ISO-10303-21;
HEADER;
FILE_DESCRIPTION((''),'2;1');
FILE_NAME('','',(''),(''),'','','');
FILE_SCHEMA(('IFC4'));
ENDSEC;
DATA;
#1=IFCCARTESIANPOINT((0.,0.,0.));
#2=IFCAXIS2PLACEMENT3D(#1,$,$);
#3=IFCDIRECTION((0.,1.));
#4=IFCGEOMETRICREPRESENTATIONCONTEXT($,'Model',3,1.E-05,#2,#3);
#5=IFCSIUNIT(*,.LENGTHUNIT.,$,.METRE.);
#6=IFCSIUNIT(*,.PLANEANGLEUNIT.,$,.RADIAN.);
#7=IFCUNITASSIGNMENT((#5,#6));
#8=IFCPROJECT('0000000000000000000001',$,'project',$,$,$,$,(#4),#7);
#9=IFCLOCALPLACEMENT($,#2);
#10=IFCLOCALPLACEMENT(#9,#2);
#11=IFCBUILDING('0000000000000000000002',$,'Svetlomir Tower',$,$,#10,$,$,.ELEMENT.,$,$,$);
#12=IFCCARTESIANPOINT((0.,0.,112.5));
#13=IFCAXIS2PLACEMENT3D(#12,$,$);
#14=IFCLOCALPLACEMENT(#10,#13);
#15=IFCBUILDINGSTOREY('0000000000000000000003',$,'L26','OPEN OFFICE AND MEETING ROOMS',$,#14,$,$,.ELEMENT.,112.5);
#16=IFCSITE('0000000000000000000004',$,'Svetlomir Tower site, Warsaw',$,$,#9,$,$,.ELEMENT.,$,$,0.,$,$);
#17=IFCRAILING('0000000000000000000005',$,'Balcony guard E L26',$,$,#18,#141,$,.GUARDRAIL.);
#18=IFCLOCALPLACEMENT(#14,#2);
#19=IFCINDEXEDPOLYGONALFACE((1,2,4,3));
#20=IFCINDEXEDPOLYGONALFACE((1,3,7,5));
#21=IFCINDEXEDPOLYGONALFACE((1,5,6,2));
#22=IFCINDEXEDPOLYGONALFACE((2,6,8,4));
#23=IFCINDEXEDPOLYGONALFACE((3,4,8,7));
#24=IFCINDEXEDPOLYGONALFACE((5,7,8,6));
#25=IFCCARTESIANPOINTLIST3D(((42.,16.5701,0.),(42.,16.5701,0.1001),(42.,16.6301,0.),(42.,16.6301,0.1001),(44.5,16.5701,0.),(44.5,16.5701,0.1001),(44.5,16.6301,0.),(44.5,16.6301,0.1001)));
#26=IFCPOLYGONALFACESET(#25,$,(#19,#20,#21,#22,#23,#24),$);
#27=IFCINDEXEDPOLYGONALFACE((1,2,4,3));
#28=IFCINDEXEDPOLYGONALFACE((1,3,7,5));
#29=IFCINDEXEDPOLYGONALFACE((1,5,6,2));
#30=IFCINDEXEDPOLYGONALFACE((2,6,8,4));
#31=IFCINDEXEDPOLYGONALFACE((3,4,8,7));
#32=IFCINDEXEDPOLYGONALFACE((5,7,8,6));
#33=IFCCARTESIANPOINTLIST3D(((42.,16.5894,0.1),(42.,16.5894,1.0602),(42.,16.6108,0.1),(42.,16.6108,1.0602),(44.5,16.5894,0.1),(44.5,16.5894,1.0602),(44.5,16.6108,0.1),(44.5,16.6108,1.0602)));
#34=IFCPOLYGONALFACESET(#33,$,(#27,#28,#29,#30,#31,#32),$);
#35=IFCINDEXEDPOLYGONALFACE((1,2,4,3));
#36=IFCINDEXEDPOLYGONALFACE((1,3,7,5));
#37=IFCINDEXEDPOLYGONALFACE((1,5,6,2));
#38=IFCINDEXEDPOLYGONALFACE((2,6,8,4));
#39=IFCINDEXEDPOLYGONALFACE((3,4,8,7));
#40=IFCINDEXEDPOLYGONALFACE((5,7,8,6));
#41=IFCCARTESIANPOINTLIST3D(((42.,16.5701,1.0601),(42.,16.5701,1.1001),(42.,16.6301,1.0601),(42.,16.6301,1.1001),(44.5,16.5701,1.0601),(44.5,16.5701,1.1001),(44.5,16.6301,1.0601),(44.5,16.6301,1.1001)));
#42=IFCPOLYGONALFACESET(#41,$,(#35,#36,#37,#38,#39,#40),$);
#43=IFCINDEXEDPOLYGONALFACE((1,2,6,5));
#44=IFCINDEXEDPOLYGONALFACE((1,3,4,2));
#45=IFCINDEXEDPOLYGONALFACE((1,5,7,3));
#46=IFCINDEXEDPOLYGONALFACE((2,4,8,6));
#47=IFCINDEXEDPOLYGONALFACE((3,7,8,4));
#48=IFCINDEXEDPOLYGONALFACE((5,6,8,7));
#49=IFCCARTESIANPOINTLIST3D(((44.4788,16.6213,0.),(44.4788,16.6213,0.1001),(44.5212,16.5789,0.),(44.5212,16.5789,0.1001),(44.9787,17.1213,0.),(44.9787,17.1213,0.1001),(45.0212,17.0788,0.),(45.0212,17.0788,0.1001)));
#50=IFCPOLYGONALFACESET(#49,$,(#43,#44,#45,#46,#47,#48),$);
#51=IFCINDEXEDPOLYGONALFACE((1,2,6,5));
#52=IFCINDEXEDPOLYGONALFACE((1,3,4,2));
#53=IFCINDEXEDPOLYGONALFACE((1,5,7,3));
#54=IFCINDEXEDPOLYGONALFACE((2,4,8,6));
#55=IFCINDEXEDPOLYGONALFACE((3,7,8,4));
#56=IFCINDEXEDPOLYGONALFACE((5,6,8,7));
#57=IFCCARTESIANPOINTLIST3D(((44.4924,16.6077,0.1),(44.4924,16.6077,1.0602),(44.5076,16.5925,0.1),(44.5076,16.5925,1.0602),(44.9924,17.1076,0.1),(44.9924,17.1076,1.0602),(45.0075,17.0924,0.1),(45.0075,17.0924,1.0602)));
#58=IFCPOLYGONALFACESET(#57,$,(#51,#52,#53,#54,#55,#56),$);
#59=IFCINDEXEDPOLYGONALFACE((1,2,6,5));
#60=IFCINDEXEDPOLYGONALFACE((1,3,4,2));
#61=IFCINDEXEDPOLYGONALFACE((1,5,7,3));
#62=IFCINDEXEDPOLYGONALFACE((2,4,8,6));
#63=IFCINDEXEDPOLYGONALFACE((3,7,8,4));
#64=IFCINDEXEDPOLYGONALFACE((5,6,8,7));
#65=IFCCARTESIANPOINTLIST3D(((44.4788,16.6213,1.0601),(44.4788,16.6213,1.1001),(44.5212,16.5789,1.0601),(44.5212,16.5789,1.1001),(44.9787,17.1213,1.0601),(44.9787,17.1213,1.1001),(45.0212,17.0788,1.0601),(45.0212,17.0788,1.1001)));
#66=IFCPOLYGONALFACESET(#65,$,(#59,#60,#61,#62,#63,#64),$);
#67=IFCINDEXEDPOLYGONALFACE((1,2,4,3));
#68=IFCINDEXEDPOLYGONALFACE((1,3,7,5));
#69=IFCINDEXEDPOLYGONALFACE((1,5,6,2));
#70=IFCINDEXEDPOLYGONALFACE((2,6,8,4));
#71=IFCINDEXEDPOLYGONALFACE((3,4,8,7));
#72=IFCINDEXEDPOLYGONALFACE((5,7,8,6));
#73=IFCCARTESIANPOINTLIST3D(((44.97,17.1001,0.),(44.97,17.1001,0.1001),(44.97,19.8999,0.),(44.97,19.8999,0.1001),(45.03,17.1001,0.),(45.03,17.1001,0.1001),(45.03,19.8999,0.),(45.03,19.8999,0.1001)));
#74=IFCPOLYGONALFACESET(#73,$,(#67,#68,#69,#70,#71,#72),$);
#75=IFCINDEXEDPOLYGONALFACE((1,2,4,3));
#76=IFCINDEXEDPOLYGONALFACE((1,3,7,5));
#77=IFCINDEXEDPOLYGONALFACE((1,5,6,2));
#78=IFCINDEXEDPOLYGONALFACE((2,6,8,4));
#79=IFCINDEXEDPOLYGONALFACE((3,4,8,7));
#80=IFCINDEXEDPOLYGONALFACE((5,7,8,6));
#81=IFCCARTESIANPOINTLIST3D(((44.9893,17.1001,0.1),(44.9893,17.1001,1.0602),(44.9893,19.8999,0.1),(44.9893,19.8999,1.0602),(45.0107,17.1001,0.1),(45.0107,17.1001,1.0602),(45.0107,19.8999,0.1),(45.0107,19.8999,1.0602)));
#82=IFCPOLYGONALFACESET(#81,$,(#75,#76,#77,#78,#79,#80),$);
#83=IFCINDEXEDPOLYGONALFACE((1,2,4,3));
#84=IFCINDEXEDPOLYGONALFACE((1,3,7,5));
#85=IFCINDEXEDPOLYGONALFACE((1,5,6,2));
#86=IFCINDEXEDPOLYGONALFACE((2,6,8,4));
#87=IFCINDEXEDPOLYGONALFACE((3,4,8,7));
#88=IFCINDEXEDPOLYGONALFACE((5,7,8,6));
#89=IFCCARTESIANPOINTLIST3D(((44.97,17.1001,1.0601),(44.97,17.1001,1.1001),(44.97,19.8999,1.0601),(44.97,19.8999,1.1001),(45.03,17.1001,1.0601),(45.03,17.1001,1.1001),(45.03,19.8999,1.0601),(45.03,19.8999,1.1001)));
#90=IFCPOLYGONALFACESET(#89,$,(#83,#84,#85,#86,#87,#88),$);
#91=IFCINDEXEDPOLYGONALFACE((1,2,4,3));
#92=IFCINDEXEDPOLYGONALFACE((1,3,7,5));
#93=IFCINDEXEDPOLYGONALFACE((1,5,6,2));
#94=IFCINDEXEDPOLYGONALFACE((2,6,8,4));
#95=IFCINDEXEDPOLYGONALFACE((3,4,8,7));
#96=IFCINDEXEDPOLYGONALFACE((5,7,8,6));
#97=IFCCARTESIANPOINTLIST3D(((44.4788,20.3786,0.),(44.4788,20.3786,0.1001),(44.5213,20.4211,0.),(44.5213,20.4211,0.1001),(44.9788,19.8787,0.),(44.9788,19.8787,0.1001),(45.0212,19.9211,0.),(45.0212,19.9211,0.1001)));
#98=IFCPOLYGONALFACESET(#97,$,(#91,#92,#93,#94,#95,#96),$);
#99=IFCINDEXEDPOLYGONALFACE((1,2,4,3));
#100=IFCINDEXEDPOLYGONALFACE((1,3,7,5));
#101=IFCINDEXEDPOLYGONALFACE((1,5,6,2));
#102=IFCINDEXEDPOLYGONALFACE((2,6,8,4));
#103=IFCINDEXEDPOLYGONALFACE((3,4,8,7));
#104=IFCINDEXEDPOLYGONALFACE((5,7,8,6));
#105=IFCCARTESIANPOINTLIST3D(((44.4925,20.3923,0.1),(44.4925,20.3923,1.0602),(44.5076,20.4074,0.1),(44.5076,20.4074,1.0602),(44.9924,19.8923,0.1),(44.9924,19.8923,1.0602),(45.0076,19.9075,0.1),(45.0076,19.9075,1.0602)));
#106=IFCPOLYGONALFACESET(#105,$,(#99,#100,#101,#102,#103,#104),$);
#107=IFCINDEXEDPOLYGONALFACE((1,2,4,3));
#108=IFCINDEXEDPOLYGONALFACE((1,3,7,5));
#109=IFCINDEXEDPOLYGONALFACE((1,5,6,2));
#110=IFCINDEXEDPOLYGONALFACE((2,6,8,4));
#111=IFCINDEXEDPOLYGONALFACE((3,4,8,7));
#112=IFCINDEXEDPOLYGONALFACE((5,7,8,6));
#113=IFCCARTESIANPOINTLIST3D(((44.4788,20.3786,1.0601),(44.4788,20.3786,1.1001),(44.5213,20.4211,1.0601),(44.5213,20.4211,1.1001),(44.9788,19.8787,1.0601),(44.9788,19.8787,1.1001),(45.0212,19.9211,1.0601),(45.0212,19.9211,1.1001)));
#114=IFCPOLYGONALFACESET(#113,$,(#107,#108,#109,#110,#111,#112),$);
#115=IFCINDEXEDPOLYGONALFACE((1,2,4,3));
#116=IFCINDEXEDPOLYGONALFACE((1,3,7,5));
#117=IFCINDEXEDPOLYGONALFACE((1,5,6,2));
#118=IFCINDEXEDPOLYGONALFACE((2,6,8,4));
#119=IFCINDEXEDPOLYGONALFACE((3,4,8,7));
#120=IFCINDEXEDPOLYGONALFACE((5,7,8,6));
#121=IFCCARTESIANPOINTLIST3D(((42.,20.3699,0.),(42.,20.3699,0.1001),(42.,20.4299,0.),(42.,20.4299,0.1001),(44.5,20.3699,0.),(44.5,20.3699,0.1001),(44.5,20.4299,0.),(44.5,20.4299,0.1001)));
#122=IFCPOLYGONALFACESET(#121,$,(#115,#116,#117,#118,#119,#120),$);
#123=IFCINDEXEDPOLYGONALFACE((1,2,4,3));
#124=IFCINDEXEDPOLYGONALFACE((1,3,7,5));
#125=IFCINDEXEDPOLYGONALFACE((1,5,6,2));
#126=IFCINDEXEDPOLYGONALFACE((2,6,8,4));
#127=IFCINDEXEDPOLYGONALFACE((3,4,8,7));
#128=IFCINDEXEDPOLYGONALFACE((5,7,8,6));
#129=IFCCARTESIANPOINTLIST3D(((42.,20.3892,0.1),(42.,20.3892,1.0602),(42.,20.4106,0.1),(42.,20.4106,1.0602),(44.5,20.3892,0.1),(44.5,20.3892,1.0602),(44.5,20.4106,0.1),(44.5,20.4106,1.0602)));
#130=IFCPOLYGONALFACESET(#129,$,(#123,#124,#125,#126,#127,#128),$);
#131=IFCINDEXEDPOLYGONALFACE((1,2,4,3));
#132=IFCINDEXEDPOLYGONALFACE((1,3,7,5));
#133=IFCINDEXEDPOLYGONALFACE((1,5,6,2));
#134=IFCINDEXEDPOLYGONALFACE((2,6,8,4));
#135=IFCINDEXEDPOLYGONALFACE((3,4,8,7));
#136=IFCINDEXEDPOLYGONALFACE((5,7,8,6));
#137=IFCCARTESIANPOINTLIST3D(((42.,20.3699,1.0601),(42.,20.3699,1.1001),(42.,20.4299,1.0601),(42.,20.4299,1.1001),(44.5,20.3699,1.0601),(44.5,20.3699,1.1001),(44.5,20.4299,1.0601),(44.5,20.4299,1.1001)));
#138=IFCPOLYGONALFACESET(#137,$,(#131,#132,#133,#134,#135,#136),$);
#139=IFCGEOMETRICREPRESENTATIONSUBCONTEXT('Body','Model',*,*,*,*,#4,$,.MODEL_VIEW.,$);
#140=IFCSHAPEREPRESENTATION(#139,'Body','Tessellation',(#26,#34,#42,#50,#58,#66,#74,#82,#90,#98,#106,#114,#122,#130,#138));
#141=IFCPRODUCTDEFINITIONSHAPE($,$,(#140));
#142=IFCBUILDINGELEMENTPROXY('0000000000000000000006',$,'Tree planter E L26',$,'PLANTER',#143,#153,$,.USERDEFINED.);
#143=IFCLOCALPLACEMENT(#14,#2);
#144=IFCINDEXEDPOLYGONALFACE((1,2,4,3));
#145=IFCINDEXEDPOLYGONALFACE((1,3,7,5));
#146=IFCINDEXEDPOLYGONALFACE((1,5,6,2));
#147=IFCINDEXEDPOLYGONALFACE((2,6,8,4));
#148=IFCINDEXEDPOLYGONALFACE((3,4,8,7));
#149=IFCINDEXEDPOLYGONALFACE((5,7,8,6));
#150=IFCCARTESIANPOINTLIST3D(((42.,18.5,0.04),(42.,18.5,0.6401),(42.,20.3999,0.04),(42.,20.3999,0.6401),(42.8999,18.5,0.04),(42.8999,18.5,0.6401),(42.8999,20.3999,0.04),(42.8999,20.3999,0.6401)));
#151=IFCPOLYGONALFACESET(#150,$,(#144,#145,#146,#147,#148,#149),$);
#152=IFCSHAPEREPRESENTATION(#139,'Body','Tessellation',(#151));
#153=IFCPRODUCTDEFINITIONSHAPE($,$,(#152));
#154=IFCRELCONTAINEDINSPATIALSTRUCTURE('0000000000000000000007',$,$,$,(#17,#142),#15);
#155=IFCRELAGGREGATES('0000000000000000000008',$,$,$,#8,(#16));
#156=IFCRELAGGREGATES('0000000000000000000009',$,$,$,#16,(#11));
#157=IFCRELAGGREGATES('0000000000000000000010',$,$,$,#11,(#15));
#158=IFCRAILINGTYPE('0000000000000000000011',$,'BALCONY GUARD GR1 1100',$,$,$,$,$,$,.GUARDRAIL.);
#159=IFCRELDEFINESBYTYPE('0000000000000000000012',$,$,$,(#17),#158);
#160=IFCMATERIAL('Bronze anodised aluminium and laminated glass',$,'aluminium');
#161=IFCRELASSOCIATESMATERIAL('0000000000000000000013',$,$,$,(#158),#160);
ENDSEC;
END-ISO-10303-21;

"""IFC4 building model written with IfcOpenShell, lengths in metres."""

from ifc_helpers import new_model, si_unit, direction, frame, origin, origin_2d, place, context, subcontext, project, spatial, rectangle, extrude, material, type_object, element, save


model = new_model("IFC4")

# Units and contexts
model_context = context("Model", 3, precision=1e-05, world=origin(), true_north=direction((0.0, 1.0)))
body_context = subcontext(model_context, "Body", "Model", "MODEL_VIEW")
ifc_project = project(units=[si_unit("LENGTHUNIT", "METRE"), si_unit("PLANEANGLEUNIT", "RADIAN")], contexts=[model_context])

# Site, building, storey
site_placement = place(None, origin())
site = spatial("IfcSite", under=ifc_project, at=site_placement, Name="Svetlomir Tower site, Warsaw", CompositionType="ELEMENT", RefElevation=0.0)
building_placement = place(site_placement, origin())
building = spatial("IfcBuilding", under=site, at=building_placement, Name="Svetlomir Tower", CompositionType="ELEMENT")
storey_placement = place(building_placement, frame((0.0, 0.0, 112.5)))
storey = spatial("IfcBuildingStorey", under=building, at=storey_placement, Name="L26", Description="OPEN OFFICE AND MEETING ROOMS", CompositionType="ELEMENT", Elevation=112.5)

# Railing
ifc_material_1 = material(Name="Bronze anodised aluminium and laminated glass", Category="aluminium")
railing_type = type_object("IfcRailingType", Name="BALCONY GUARD GR1 1100", PredefinedType="GUARDRAIL", material=ifc_material_1)
railing_placement = place(storey_placement, frame((42.0, 16.6001, 0.0)))
element("IfcRailing", 1, at=railing_placement, inside=storey, type_object=railing_type, Name="Balcony guard E L26", PredefinedType="GUARDRAIL", context=body_context, shape_type="SweptSolid", body=[
    extrude(rectangle(XDim=0.0601, YDim=0.1001, at=origin_2d()), frame((0.0, 0.0, 0.05), z_axis=(1.0, 0.0, 0.0), x_axis=(0.0, 1.0, 0.0)), (0.0, 0.0, 1.0), 2.5),
    extrude(rectangle(XDim=0.0215, YDim=0.9602, at=origin_2d()), frame((0.0, 0.0, 0.5801), z_axis=(1.0, 0.0, 0.0), x_axis=(0.0, 1.0, 0.0)), (0.0, 0.0, 1.0), 2.5),
    extrude(rectangle(XDim=0.0601, YDim=0.04, at=origin_2d()), frame((0.0, 0.0, 1.0801), z_axis=(1.0, 0.0, 0.0), x_axis=(0.0, 1.0, 0.0)), (0.0, 0.0, 1.0), 2.5),
    extrude(rectangle(XDim=0.0601, YDim=0.1001, at=origin_2d()), frame((2.5, 0.0, 0.05), z_axis=(0.707107, 0.707107, 0.0), x_axis=(-0.707107, 0.707107, 0.0)), (0.0, 0.0, 1.0), 0.707),
    extrude(rectangle(XDim=0.0215, YDim=0.9602, at=origin_2d()), frame((2.5, 0.0, 0.5801), z_axis=(0.707107, 0.707107, 0.0), x_axis=(-0.707107, 0.707107, 0.0)), (0.0, 0.0, 1.0), 0.707),
    extrude(rectangle(XDim=0.0601, YDim=0.04, at=origin_2d()), frame((2.5, 0.0, 1.0801), z_axis=(0.707107, 0.707107, 0.0), x_axis=(-0.707107, 0.707107, 0.0)), (0.0, 0.0, 1.0), 0.707),
    extrude(rectangle(XDim=0.0601, YDim=0.1001, at=origin_2d()), frame((3.0, 0.5, 0.05), z_axis=(0.0, 1.0, 0.0), x_axis=(-1.0, 0.0, 0.0)), (0.0, 0.0, 1.0), 2.7998),
    extrude(rectangle(XDim=0.0215, YDim=0.9602, at=origin_2d()), frame((3.0, 0.5, 0.5801), z_axis=(0.0, 1.0, 0.0), x_axis=(-1.0, 0.0, 0.0)), (0.0, 0.0, 1.0), 2.7998),
    extrude(rectangle(XDim=0.0601, YDim=0.04, at=origin_2d()), frame((3.0, 0.5, 1.0801), z_axis=(0.0, 1.0, 0.0), x_axis=(-1.0, 0.0, 0.0)), (0.0, 0.0, 1.0), 2.7998),
    extrude(rectangle(XDim=0.0601, YDim=0.1001, at=origin_2d()), frame((3.0, 3.2998, 0.05), z_axis=(-0.707107, 0.707107, 0.0), x_axis=(-0.707107, -0.707107, 0.0)), (0.0, 0.0, 1.0), 0.707),
    extrude(rectangle(XDim=0.0215, YDim=0.9602, at=origin_2d()), frame((3.0, 3.2998, 0.5801), z_axis=(-0.707107, 0.707107, 0.0), x_axis=(-0.707107, -0.707107, 0.0)), (0.0, 0.0, 1.0), 0.707),
    extrude(rectangle(XDim=0.0601, YDim=0.04, at=origin_2d()), frame((3.0, 3.2998, 1.0801), z_axis=(-0.707107, 0.707107, 0.0), x_axis=(-0.707107, -0.707107, 0.0)), (0.0, 0.0, 1.0), 0.707),
    extrude(rectangle(XDim=0.0601, YDim=0.1001, at=origin_2d()), frame((2.5, 3.7998, 0.05), z_axis=(-1.0, 0.0, 0.0), x_axis=(0.0, -1.0, 0.0)), (0.0, 0.0, 1.0), 2.5),
    extrude(rectangle(XDim=0.0215, YDim=0.9602, at=origin_2d()), frame((2.5, 3.7998, 0.5801), z_axis=(-1.0, 0.0, 0.0), x_axis=(0.0, -1.0, 0.0)), (0.0, 0.0, 1.0), 2.5),
    extrude(rectangle(XDim=0.0601, YDim=0.04, at=origin_2d()), frame((2.5, 3.7998, 1.0801), z_axis=(-1.0, 0.0, 0.0), x_axis=(0.0, -1.0, 0.0)), (0.0, 0.0, 1.0), 2.5),
])

# Building element proxy
proxy_placement = place(storey_placement, frame((42.45, 19.45, 0.04), z_axis=(0.0, 0.0, 1.0), x_axis=(1.0, 0.0, 0.0)))
element("IfcBuildingElementProxy", 2, at=proxy_placement, inside=storey, Name="Tree planter E L26", ObjectType="PLANTER", PredefinedType="USERDEFINED", context=body_context, shape_type="SweptSolid", body=[
    extrude(rectangle(XDim=0.8999, YDim=1.8999, at=origin_2d()), origin(), (0.0, 0.0, 1.0), 0.6001),
])

save(model, "model.ifc")
